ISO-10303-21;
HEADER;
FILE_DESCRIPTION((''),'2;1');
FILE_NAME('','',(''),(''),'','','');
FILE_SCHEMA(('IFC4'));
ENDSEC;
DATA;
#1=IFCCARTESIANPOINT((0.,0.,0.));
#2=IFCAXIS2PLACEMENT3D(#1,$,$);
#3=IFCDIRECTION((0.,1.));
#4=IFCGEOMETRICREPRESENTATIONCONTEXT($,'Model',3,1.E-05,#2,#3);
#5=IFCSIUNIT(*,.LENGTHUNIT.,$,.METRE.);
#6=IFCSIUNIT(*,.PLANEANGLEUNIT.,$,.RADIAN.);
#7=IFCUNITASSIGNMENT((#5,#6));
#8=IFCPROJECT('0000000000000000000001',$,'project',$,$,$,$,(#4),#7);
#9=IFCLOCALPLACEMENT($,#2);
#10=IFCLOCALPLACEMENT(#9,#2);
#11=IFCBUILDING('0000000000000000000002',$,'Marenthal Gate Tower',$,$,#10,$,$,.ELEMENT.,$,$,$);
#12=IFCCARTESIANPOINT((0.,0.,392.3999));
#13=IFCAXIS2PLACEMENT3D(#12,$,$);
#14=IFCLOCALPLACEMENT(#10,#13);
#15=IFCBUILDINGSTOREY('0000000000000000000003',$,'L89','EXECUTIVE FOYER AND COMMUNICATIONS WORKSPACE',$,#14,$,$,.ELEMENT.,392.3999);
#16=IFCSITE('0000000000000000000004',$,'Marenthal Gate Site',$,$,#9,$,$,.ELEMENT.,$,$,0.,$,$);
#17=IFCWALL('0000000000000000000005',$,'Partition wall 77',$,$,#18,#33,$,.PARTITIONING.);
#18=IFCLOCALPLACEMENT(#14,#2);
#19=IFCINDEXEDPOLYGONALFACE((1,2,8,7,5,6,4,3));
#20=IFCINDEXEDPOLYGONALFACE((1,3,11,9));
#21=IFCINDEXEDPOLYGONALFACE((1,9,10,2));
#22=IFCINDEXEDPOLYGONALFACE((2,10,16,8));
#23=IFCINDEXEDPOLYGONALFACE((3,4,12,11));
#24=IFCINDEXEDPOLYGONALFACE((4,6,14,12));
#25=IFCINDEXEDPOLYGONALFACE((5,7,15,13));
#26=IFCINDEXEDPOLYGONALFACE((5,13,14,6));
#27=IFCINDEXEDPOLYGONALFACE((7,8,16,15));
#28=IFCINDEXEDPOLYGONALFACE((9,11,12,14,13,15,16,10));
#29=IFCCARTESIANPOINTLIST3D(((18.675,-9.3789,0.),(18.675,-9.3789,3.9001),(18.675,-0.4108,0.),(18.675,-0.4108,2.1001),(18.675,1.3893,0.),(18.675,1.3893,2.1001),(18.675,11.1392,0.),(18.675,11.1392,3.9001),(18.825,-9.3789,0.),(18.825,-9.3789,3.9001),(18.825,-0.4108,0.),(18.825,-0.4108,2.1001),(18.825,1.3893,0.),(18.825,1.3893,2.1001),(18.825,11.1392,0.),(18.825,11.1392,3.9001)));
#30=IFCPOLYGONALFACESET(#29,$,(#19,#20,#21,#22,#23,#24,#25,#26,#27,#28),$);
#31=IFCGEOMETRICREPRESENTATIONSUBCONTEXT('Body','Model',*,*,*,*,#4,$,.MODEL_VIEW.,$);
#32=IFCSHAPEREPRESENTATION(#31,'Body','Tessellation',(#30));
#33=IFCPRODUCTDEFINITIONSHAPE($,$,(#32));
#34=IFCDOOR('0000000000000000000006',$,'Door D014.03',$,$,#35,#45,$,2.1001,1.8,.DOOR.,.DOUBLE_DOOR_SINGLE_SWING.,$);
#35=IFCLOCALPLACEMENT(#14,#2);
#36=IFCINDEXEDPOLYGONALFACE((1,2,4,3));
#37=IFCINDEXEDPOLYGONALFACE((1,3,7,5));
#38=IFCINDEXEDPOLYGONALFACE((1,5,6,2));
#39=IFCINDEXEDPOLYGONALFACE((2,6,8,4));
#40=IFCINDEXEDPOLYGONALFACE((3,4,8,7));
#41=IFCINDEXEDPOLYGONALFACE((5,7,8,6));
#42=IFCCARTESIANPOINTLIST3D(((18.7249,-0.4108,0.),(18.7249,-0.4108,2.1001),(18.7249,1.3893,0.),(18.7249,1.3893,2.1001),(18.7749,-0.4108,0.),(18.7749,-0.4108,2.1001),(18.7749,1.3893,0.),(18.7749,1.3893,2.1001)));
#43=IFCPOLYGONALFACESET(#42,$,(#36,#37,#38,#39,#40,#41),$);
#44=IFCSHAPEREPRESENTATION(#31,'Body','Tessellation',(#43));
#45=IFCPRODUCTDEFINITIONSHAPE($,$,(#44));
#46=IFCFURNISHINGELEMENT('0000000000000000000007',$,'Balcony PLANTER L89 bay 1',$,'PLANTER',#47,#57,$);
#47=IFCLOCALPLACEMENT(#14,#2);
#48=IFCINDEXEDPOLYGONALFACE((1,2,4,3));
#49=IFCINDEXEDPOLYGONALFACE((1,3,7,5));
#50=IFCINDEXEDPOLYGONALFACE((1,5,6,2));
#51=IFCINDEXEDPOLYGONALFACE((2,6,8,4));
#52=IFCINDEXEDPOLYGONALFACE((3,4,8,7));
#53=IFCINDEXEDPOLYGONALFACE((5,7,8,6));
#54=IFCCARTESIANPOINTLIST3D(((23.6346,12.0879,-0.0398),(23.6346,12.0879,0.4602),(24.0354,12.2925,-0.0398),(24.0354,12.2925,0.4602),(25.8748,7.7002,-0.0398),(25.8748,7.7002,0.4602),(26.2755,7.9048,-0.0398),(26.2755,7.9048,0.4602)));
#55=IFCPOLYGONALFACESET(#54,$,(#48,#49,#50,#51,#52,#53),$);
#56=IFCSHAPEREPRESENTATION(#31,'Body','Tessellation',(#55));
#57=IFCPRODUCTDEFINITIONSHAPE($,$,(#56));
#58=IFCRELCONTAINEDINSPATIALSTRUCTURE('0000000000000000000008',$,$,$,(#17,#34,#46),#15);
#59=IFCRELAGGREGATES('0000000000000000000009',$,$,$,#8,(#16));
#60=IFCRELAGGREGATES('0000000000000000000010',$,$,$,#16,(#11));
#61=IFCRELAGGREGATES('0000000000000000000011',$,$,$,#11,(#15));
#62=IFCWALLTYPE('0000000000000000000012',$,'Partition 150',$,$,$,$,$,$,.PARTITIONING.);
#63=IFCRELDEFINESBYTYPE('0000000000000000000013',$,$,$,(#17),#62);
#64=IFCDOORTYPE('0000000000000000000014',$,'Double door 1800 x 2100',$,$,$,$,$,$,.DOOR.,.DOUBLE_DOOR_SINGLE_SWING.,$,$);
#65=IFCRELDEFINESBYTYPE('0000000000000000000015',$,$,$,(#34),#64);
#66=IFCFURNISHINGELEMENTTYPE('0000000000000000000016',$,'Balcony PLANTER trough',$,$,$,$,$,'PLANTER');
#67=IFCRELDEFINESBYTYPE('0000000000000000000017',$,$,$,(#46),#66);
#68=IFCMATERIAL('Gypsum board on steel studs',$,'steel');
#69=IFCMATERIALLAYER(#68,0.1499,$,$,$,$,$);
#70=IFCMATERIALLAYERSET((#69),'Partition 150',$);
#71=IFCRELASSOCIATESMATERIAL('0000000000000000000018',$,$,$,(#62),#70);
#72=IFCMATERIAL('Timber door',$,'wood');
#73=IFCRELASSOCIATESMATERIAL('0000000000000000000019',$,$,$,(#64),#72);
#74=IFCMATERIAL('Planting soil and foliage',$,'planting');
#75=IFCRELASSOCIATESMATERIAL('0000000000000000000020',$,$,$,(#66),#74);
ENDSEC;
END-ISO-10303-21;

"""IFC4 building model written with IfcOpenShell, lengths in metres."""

from ifc_helpers import new_model, si_unit, direction, frame, frame_2d, origin, origin_2d, place, context, subcontext, project, spatial, rectangle, extrude, material, layer, layer_set, type_object, element, fill, save


model = new_model("IFC4")

# Units and contexts
model_context = context("Model", 3, precision=1e-05, world=origin(), true_north=direction((0.0, 1.0)))
body_context = subcontext(model_context, "Body", "Model", "MODEL_VIEW")
ifc_project = project(units=[si_unit("LENGTHUNIT", "METRE"), si_unit("PLANEANGLEUNIT", "RADIAN")], contexts=[model_context])

# Site, building, storey
site_placement = place(None, origin())
site = spatial("IfcSite", under=ifc_project, at=site_placement, Name="Marenthal Gate Site", CompositionType="ELEMENT", RefElevation=0.0)
building_placement = place(site_placement, origin())
building = spatial("IfcBuilding", under=site, at=building_placement, Name="Marenthal Gate Tower", CompositionType="ELEMENT")
storey_placement = place(building_placement, frame((0.0, 0.0, 392.3999)))
storey = spatial("IfcBuildingStorey", under=building, at=storey_placement, Name="L89", Description="EXECUTIVE FOYER AND COMMUNICATIONS WORKSPACE", CompositionType="ELEMENT", Elevation=392.3999)

# Wall, opening, door
ifc_material_1 = material(Name="Gypsum board on steel studs", Category="steel")
ifc_layer_1 = layer(ifc_material_1, 0.1499)
ifc_layer_set_1 = layer_set([ifc_layer_1], Name="Partition 150")
wall_type_1 = type_object("IfcWallType", Name="Partition 150", PredefinedType="PARTITIONING", material=ifc_layer_set_1)
wall_1_placement = place(storey_placement, frame((18.75, 11.1392, 0.0), z_axis=(0.0, 0.0, 1.0), x_axis=(0.0, -1.0, 0.0)))
wall_1 = element("IfcWall", 1, at=wall_1_placement, inside=storey, type_object=wall_type_1, Name="Partition wall 77", PredefinedType="PARTITIONING", context=body_context, shape_type="SweptSolid", body=[
    extrude(rectangle(XDim=20.5181, YDim=0.1499, at=frame_2d((10.259, 0.0))), origin(), (0.0, 0.0, 1.0), 3.9001),
])
opening_1_placement = place(wall_1_placement, frame((9.75, 0.0, 0.0)))
opening_1 = element("IfcOpeningElement", 2, at=opening_1_placement, cuts=wall_1, PredefinedType="OPENING", context=body_context, shape_type="SweptSolid", body=[
    extrude(rectangle(XDim=1.8, YDim=2.1001, at=frame_2d((0.8999, 1.05))), frame((0.0, 0.085, 0.0), z_axis=(0.0, -1.0, 0.0), x_axis=(1.0, 0.0, 0.0)), (0.0, 0.0, 1.0), 0.1699),
])
ifc_material_2 = material(Name="Timber door", Category="wood")
door_type_1 = type_object("IfcDoorType", Name="Double door 1800 x 2100", OperationType="DOUBLE_DOOR_SINGLE_SWING", PredefinedType="DOOR", material=ifc_material_2)
door_1_placement = place(opening_1_placement, origin())
door_1 = element("IfcDoor", 3, at=door_1_placement, inside=storey, type_object=door_type_1, Name="Door D014.03", OperationType="DOUBLE_DOOR_SINGLE_SWING", OverallHeight=2.1001, OverallWidth=1.8, PredefinedType="DOOR", context=body_context, shape_type="SweptSolid", body=[
    extrude(rectangle(XDim=1.8, YDim=2.1001, at=frame_2d((0.8999, 1.05))), frame((0.0, 0.0249, 0.0), z_axis=(0.0, -1.0, 0.0), x_axis=(1.0, 0.0, 0.0)), (0.0, 0.0, 1.0), 0.05),
])
fill(opening_1, door_1)

# Furnishing element
ifc_material_3 = material(Name="Planting soil and foliage", Category="planting")
furnishing_element_type = type_object("IfcFurnishingElementType", Name="Balcony PLANTER trough", ElementType="PLANTER", material=ifc_material_3)
furnishing_placement = place(storey_placement, frame((24.9551, 9.9963, -0.0398), z_axis=(0.0, 0.0, 1.0), x_axis=(-0.454706, 0.890642, 0.0)))
element("IfcFurnishingElement", 4, at=furnishing_placement, inside=storey, type_object=furnishing_element_type, Name="Balcony PLANTER L89 bay 1", ObjectType="PLANTER", context=body_context, shape_type="SweptSolid", body=[
    extrude(rectangle(XDim=4.9265, YDim=0.45, at=origin_2d()), origin(), (0.0, 0.0, 1.0), 0.5),
])

save(model, "model.ifc")
